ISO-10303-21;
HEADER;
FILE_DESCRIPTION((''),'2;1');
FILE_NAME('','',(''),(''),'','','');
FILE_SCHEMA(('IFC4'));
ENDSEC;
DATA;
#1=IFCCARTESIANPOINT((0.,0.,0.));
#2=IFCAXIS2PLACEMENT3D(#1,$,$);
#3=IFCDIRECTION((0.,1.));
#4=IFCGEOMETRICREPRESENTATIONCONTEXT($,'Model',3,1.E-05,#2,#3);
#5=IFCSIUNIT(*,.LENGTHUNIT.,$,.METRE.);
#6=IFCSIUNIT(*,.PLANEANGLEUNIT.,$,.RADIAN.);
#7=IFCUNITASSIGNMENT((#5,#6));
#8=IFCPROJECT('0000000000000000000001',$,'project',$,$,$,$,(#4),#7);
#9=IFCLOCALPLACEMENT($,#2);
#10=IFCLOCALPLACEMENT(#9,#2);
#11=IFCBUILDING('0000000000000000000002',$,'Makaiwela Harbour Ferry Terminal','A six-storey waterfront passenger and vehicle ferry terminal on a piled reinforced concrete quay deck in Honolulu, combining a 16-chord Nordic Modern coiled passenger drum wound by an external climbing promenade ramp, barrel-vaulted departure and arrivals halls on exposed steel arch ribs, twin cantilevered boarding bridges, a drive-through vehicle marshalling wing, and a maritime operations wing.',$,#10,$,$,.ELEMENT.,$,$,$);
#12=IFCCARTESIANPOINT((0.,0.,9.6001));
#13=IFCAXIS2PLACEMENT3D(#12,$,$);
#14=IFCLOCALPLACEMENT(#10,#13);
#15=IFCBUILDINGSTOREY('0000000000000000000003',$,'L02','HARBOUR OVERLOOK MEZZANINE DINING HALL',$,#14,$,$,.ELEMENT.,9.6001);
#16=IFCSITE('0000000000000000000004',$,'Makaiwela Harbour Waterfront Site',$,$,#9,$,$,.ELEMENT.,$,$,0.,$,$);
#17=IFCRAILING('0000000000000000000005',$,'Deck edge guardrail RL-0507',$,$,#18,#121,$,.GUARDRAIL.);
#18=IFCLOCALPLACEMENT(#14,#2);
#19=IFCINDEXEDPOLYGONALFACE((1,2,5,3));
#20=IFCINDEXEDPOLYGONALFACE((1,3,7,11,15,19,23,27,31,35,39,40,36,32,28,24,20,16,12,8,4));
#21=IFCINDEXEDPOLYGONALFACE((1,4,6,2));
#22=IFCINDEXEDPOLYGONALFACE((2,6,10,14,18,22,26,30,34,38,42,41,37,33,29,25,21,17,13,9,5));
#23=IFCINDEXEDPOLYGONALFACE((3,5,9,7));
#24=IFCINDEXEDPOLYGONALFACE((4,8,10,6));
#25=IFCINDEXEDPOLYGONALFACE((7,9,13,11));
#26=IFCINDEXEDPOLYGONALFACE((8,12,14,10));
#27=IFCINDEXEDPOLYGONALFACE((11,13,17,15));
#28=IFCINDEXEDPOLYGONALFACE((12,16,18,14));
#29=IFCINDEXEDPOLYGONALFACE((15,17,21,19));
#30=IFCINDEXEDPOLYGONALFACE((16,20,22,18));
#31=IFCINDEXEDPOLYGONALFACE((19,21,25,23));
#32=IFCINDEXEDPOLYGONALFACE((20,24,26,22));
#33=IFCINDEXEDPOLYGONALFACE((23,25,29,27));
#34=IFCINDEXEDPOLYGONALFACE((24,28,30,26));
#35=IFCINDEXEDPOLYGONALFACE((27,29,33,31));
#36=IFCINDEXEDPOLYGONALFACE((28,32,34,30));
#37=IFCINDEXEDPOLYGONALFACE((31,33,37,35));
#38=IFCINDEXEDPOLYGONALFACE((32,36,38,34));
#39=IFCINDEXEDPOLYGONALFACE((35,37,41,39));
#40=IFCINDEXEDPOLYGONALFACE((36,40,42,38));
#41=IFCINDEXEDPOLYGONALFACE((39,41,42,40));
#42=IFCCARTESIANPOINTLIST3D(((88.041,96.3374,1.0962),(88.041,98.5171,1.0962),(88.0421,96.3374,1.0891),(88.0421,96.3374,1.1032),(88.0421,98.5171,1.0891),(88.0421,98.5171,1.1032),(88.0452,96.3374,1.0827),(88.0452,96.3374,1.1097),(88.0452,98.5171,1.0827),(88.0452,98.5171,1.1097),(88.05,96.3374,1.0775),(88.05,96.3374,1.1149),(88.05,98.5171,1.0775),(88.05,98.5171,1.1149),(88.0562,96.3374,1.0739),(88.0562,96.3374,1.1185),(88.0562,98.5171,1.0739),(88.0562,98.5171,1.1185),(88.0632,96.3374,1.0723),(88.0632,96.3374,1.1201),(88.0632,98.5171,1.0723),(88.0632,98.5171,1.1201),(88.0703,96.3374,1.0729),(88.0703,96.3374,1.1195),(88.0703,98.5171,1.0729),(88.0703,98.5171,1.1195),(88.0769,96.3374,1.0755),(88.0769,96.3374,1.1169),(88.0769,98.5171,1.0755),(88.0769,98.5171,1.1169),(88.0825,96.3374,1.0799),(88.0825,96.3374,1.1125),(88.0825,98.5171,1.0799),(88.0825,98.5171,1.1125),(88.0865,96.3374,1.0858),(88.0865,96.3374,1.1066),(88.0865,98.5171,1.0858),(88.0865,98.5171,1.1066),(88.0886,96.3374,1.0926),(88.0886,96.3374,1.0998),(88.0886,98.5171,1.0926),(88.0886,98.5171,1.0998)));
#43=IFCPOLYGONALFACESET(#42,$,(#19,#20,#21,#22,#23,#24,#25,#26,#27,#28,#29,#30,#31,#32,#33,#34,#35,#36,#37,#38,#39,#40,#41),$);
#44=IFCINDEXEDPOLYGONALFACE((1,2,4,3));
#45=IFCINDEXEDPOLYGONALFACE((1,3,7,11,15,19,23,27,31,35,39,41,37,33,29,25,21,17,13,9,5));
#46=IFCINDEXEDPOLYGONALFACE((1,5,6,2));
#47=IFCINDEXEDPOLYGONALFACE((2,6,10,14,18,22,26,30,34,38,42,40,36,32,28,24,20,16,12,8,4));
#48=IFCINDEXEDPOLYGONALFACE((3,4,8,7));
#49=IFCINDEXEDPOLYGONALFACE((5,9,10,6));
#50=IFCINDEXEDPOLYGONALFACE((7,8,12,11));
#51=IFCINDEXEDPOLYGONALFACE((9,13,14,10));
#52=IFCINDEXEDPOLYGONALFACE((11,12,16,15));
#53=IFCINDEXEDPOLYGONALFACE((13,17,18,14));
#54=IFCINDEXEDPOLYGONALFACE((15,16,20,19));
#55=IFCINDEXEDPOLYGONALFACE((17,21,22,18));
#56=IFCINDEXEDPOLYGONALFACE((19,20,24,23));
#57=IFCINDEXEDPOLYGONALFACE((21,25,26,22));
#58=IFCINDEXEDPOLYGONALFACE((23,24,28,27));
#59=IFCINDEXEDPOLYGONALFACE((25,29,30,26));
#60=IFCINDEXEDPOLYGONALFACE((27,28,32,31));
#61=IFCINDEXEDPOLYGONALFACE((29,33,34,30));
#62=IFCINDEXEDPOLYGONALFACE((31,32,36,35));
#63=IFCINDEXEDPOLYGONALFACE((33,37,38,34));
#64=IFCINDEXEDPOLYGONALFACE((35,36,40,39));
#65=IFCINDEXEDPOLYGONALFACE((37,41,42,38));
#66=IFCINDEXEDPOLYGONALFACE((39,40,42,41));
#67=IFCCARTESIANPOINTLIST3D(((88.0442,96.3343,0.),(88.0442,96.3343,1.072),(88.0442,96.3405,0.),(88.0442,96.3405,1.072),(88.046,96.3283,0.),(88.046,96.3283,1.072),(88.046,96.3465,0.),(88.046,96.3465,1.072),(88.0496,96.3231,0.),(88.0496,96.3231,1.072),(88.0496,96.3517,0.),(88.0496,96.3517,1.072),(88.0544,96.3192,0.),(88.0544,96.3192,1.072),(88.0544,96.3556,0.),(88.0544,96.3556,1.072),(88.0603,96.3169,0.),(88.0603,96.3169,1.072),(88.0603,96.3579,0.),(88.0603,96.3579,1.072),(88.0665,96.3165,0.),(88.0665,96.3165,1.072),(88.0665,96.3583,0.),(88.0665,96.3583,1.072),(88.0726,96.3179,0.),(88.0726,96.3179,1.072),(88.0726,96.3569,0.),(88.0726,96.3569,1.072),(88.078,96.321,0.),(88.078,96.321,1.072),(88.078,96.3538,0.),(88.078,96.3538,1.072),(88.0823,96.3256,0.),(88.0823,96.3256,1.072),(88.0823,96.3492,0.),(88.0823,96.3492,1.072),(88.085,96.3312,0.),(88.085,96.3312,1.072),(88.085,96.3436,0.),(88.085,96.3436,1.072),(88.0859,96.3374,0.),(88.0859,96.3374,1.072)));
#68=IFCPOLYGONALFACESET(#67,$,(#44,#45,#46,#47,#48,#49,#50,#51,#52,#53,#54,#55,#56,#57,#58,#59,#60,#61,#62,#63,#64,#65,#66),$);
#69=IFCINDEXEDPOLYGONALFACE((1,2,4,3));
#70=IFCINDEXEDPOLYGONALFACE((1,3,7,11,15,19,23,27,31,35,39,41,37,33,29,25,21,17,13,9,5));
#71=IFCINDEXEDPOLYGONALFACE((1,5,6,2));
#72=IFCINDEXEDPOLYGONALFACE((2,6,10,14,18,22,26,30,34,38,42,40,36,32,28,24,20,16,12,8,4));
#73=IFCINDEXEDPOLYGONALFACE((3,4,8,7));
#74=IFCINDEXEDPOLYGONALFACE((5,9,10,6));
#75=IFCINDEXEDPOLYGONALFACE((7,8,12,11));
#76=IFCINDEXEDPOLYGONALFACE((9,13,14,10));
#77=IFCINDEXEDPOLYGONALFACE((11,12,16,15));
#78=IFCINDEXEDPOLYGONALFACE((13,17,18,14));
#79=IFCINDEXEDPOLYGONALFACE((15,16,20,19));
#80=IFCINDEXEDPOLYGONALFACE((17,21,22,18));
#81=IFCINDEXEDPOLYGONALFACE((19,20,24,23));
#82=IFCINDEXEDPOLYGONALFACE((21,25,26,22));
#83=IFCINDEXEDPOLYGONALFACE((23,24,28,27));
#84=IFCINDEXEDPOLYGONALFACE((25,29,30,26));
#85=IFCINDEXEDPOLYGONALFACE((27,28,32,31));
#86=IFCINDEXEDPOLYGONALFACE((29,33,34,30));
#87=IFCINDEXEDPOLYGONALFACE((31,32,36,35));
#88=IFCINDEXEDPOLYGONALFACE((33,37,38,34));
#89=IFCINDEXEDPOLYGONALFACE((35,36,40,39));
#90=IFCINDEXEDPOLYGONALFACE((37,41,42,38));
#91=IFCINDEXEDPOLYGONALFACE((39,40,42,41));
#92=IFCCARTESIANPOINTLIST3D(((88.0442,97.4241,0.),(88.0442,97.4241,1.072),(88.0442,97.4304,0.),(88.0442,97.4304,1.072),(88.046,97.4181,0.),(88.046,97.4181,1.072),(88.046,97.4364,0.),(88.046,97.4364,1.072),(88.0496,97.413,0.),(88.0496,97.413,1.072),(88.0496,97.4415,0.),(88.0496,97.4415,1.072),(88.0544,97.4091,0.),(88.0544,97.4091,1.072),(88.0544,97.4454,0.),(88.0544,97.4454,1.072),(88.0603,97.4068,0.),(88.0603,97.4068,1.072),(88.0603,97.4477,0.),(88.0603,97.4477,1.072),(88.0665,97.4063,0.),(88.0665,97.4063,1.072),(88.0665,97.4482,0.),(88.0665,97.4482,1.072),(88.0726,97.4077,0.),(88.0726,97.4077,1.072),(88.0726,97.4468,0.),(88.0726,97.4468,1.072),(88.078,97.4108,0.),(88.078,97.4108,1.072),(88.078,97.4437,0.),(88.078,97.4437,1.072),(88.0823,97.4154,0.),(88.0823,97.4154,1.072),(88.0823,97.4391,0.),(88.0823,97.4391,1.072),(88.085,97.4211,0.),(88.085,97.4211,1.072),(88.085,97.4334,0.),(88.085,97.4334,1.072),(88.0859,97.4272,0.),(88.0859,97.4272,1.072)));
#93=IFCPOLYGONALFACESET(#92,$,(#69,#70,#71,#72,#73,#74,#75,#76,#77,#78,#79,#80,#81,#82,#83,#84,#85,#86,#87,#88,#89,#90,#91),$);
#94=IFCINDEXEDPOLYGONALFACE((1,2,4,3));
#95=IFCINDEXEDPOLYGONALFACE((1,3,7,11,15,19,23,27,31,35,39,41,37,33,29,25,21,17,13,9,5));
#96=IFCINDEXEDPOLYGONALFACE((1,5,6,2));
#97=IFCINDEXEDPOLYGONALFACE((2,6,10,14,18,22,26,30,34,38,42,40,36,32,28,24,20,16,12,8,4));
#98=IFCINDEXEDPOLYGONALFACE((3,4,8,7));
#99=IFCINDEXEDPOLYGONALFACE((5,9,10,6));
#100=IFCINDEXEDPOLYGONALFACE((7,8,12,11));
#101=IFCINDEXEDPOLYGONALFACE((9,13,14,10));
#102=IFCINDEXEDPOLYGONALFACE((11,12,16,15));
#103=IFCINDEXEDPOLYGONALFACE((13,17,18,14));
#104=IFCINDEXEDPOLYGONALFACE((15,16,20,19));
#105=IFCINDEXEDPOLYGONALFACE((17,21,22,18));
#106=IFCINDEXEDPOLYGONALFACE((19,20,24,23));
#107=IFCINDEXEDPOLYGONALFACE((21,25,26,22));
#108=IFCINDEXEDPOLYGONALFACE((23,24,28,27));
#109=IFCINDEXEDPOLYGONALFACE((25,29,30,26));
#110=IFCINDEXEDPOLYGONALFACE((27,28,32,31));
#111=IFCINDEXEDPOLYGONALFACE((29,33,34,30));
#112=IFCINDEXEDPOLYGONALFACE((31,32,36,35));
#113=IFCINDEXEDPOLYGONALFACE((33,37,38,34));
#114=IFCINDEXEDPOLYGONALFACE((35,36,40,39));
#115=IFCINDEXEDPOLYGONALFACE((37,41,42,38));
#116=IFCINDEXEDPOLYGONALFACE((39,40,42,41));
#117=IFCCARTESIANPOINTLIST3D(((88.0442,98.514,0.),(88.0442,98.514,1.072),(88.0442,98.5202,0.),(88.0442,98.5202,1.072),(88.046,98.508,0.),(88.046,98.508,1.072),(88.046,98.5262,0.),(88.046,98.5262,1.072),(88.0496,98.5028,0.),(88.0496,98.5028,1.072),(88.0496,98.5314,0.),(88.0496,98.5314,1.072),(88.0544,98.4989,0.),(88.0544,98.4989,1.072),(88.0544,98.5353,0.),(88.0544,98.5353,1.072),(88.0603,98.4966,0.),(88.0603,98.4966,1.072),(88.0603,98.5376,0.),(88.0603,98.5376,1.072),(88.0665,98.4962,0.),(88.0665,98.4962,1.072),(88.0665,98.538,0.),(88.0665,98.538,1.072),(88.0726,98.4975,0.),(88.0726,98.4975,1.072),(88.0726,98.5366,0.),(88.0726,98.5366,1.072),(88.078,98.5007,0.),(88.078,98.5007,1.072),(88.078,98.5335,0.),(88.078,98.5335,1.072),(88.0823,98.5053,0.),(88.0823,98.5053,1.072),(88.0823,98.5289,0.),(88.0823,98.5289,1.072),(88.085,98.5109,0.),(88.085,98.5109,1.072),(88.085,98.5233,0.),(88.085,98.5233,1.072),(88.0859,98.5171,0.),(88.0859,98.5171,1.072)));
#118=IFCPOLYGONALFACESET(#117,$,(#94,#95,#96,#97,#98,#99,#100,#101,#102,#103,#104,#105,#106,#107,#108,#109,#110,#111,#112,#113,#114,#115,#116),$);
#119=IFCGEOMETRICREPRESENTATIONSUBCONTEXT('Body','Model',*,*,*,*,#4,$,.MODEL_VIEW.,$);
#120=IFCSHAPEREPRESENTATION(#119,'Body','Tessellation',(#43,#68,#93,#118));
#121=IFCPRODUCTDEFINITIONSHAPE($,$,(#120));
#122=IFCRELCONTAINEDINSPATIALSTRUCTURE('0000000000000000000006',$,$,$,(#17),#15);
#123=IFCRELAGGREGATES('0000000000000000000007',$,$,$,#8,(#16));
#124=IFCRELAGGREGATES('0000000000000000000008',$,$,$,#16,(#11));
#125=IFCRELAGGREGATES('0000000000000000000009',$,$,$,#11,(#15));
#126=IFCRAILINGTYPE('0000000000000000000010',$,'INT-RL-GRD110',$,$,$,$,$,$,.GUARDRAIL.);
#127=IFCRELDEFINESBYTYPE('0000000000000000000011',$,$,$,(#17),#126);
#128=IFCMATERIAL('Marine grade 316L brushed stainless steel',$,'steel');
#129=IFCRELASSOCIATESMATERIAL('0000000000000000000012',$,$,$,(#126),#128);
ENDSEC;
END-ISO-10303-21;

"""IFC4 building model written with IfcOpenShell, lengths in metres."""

from ifc_helpers import new_model, si_unit, direction, frame, origin, origin_2d, place, context, subcontext, project, spatial, circle, extrude, material, type_object, element, save


model = new_model("IFC4")

# Units and contexts
model_context = context("Model", 3, precision=1e-05, world=origin(), true_north=direction((0.0, 1.0)))
body_context = subcontext(model_context, "Body", "Model", "MODEL_VIEW")
ifc_project = project(units=[si_unit("LENGTHUNIT", "METRE"), si_unit("PLANEANGLEUNIT", "RADIAN")], contexts=[model_context])

# Site, building, storey
site_placement = place(None, origin())
site = spatial("IfcSite", under=ifc_project, at=site_placement, Name="Makaiwela Harbour Waterfront Site", CompositionType="ELEMENT", RefElevation=0.0)
building_placement = place(site_placement, origin())
building = spatial("IfcBuilding", under=site, at=building_placement, Name="Makaiwela Harbour Ferry Terminal", Description="A six-storey waterfront passenger and vehicle ferry terminal on a piled reinforced concrete quay deck in Honolulu, combining a 16-chord Nordic Modern coiled passenger drum wound by an external climbing promenade ramp, barrel-vaulted departure and arrivals halls on exposed steel arch ribs, twin cantilevered boarding bridges, a drive-through vehicle marshalling wing, and a maritime operations wing.", CompositionType="ELEMENT")
storey_placement = place(building_placement, frame((0.0, 0.0, 9.6001)))
storey = spatial("IfcBuildingStorey", under=building, at=storey_placement, Name="L02", Description="HARBOUR OVERLOOK MEZZANINE DINING HALL", CompositionType="ELEMENT", Elevation=9.6001)

# Railing
ifc_material_1 = material(Name="Marine grade 316L brushed stainless steel", Category="steel")
railing_type = type_object("IfcRailingType", Name="INT-RL-GRD110", PredefinedType="GUARDRAIL", material=ifc_material_1)
for number, where, name in (
    (1, (88.0649, 96.3374, 0.0), "Deck edge guardrail RL-0507"),
):
    element("IfcRailing", number, at=place(storey_placement, frame(where)), inside=storey, type_object=railing_type, Name=name, PredefinedType="GUARDRAIL", context=body_context, shape_type="SweptSolid", body=[
        extrude(circle(Radius=0.0239, at=origin_2d()), frame((0.0, 0.0, 1.0962), z_axis=(0.0, 1.0, 0.0), x_axis=(-1.0, 0.0, 0.0)), (0.0, 0.0, 1.0), 2.1797),
        extrude(circle(Radius=0.021, at=origin_2d()), origin(), (0.0, 0.0, 1.0), 1.072),
        extrude(circle(Radius=0.021, at=origin_2d()), frame((0.0, 1.0898, 0.0)), (0.0, 0.0, 1.0), 1.072),
        extrude(circle(Radius=0.021, at=origin_2d()), frame((0.0, 2.1797, 0.0)), (0.0, 0.0, 1.0), 1.072),
    ])

save(model, "model.ifc")
